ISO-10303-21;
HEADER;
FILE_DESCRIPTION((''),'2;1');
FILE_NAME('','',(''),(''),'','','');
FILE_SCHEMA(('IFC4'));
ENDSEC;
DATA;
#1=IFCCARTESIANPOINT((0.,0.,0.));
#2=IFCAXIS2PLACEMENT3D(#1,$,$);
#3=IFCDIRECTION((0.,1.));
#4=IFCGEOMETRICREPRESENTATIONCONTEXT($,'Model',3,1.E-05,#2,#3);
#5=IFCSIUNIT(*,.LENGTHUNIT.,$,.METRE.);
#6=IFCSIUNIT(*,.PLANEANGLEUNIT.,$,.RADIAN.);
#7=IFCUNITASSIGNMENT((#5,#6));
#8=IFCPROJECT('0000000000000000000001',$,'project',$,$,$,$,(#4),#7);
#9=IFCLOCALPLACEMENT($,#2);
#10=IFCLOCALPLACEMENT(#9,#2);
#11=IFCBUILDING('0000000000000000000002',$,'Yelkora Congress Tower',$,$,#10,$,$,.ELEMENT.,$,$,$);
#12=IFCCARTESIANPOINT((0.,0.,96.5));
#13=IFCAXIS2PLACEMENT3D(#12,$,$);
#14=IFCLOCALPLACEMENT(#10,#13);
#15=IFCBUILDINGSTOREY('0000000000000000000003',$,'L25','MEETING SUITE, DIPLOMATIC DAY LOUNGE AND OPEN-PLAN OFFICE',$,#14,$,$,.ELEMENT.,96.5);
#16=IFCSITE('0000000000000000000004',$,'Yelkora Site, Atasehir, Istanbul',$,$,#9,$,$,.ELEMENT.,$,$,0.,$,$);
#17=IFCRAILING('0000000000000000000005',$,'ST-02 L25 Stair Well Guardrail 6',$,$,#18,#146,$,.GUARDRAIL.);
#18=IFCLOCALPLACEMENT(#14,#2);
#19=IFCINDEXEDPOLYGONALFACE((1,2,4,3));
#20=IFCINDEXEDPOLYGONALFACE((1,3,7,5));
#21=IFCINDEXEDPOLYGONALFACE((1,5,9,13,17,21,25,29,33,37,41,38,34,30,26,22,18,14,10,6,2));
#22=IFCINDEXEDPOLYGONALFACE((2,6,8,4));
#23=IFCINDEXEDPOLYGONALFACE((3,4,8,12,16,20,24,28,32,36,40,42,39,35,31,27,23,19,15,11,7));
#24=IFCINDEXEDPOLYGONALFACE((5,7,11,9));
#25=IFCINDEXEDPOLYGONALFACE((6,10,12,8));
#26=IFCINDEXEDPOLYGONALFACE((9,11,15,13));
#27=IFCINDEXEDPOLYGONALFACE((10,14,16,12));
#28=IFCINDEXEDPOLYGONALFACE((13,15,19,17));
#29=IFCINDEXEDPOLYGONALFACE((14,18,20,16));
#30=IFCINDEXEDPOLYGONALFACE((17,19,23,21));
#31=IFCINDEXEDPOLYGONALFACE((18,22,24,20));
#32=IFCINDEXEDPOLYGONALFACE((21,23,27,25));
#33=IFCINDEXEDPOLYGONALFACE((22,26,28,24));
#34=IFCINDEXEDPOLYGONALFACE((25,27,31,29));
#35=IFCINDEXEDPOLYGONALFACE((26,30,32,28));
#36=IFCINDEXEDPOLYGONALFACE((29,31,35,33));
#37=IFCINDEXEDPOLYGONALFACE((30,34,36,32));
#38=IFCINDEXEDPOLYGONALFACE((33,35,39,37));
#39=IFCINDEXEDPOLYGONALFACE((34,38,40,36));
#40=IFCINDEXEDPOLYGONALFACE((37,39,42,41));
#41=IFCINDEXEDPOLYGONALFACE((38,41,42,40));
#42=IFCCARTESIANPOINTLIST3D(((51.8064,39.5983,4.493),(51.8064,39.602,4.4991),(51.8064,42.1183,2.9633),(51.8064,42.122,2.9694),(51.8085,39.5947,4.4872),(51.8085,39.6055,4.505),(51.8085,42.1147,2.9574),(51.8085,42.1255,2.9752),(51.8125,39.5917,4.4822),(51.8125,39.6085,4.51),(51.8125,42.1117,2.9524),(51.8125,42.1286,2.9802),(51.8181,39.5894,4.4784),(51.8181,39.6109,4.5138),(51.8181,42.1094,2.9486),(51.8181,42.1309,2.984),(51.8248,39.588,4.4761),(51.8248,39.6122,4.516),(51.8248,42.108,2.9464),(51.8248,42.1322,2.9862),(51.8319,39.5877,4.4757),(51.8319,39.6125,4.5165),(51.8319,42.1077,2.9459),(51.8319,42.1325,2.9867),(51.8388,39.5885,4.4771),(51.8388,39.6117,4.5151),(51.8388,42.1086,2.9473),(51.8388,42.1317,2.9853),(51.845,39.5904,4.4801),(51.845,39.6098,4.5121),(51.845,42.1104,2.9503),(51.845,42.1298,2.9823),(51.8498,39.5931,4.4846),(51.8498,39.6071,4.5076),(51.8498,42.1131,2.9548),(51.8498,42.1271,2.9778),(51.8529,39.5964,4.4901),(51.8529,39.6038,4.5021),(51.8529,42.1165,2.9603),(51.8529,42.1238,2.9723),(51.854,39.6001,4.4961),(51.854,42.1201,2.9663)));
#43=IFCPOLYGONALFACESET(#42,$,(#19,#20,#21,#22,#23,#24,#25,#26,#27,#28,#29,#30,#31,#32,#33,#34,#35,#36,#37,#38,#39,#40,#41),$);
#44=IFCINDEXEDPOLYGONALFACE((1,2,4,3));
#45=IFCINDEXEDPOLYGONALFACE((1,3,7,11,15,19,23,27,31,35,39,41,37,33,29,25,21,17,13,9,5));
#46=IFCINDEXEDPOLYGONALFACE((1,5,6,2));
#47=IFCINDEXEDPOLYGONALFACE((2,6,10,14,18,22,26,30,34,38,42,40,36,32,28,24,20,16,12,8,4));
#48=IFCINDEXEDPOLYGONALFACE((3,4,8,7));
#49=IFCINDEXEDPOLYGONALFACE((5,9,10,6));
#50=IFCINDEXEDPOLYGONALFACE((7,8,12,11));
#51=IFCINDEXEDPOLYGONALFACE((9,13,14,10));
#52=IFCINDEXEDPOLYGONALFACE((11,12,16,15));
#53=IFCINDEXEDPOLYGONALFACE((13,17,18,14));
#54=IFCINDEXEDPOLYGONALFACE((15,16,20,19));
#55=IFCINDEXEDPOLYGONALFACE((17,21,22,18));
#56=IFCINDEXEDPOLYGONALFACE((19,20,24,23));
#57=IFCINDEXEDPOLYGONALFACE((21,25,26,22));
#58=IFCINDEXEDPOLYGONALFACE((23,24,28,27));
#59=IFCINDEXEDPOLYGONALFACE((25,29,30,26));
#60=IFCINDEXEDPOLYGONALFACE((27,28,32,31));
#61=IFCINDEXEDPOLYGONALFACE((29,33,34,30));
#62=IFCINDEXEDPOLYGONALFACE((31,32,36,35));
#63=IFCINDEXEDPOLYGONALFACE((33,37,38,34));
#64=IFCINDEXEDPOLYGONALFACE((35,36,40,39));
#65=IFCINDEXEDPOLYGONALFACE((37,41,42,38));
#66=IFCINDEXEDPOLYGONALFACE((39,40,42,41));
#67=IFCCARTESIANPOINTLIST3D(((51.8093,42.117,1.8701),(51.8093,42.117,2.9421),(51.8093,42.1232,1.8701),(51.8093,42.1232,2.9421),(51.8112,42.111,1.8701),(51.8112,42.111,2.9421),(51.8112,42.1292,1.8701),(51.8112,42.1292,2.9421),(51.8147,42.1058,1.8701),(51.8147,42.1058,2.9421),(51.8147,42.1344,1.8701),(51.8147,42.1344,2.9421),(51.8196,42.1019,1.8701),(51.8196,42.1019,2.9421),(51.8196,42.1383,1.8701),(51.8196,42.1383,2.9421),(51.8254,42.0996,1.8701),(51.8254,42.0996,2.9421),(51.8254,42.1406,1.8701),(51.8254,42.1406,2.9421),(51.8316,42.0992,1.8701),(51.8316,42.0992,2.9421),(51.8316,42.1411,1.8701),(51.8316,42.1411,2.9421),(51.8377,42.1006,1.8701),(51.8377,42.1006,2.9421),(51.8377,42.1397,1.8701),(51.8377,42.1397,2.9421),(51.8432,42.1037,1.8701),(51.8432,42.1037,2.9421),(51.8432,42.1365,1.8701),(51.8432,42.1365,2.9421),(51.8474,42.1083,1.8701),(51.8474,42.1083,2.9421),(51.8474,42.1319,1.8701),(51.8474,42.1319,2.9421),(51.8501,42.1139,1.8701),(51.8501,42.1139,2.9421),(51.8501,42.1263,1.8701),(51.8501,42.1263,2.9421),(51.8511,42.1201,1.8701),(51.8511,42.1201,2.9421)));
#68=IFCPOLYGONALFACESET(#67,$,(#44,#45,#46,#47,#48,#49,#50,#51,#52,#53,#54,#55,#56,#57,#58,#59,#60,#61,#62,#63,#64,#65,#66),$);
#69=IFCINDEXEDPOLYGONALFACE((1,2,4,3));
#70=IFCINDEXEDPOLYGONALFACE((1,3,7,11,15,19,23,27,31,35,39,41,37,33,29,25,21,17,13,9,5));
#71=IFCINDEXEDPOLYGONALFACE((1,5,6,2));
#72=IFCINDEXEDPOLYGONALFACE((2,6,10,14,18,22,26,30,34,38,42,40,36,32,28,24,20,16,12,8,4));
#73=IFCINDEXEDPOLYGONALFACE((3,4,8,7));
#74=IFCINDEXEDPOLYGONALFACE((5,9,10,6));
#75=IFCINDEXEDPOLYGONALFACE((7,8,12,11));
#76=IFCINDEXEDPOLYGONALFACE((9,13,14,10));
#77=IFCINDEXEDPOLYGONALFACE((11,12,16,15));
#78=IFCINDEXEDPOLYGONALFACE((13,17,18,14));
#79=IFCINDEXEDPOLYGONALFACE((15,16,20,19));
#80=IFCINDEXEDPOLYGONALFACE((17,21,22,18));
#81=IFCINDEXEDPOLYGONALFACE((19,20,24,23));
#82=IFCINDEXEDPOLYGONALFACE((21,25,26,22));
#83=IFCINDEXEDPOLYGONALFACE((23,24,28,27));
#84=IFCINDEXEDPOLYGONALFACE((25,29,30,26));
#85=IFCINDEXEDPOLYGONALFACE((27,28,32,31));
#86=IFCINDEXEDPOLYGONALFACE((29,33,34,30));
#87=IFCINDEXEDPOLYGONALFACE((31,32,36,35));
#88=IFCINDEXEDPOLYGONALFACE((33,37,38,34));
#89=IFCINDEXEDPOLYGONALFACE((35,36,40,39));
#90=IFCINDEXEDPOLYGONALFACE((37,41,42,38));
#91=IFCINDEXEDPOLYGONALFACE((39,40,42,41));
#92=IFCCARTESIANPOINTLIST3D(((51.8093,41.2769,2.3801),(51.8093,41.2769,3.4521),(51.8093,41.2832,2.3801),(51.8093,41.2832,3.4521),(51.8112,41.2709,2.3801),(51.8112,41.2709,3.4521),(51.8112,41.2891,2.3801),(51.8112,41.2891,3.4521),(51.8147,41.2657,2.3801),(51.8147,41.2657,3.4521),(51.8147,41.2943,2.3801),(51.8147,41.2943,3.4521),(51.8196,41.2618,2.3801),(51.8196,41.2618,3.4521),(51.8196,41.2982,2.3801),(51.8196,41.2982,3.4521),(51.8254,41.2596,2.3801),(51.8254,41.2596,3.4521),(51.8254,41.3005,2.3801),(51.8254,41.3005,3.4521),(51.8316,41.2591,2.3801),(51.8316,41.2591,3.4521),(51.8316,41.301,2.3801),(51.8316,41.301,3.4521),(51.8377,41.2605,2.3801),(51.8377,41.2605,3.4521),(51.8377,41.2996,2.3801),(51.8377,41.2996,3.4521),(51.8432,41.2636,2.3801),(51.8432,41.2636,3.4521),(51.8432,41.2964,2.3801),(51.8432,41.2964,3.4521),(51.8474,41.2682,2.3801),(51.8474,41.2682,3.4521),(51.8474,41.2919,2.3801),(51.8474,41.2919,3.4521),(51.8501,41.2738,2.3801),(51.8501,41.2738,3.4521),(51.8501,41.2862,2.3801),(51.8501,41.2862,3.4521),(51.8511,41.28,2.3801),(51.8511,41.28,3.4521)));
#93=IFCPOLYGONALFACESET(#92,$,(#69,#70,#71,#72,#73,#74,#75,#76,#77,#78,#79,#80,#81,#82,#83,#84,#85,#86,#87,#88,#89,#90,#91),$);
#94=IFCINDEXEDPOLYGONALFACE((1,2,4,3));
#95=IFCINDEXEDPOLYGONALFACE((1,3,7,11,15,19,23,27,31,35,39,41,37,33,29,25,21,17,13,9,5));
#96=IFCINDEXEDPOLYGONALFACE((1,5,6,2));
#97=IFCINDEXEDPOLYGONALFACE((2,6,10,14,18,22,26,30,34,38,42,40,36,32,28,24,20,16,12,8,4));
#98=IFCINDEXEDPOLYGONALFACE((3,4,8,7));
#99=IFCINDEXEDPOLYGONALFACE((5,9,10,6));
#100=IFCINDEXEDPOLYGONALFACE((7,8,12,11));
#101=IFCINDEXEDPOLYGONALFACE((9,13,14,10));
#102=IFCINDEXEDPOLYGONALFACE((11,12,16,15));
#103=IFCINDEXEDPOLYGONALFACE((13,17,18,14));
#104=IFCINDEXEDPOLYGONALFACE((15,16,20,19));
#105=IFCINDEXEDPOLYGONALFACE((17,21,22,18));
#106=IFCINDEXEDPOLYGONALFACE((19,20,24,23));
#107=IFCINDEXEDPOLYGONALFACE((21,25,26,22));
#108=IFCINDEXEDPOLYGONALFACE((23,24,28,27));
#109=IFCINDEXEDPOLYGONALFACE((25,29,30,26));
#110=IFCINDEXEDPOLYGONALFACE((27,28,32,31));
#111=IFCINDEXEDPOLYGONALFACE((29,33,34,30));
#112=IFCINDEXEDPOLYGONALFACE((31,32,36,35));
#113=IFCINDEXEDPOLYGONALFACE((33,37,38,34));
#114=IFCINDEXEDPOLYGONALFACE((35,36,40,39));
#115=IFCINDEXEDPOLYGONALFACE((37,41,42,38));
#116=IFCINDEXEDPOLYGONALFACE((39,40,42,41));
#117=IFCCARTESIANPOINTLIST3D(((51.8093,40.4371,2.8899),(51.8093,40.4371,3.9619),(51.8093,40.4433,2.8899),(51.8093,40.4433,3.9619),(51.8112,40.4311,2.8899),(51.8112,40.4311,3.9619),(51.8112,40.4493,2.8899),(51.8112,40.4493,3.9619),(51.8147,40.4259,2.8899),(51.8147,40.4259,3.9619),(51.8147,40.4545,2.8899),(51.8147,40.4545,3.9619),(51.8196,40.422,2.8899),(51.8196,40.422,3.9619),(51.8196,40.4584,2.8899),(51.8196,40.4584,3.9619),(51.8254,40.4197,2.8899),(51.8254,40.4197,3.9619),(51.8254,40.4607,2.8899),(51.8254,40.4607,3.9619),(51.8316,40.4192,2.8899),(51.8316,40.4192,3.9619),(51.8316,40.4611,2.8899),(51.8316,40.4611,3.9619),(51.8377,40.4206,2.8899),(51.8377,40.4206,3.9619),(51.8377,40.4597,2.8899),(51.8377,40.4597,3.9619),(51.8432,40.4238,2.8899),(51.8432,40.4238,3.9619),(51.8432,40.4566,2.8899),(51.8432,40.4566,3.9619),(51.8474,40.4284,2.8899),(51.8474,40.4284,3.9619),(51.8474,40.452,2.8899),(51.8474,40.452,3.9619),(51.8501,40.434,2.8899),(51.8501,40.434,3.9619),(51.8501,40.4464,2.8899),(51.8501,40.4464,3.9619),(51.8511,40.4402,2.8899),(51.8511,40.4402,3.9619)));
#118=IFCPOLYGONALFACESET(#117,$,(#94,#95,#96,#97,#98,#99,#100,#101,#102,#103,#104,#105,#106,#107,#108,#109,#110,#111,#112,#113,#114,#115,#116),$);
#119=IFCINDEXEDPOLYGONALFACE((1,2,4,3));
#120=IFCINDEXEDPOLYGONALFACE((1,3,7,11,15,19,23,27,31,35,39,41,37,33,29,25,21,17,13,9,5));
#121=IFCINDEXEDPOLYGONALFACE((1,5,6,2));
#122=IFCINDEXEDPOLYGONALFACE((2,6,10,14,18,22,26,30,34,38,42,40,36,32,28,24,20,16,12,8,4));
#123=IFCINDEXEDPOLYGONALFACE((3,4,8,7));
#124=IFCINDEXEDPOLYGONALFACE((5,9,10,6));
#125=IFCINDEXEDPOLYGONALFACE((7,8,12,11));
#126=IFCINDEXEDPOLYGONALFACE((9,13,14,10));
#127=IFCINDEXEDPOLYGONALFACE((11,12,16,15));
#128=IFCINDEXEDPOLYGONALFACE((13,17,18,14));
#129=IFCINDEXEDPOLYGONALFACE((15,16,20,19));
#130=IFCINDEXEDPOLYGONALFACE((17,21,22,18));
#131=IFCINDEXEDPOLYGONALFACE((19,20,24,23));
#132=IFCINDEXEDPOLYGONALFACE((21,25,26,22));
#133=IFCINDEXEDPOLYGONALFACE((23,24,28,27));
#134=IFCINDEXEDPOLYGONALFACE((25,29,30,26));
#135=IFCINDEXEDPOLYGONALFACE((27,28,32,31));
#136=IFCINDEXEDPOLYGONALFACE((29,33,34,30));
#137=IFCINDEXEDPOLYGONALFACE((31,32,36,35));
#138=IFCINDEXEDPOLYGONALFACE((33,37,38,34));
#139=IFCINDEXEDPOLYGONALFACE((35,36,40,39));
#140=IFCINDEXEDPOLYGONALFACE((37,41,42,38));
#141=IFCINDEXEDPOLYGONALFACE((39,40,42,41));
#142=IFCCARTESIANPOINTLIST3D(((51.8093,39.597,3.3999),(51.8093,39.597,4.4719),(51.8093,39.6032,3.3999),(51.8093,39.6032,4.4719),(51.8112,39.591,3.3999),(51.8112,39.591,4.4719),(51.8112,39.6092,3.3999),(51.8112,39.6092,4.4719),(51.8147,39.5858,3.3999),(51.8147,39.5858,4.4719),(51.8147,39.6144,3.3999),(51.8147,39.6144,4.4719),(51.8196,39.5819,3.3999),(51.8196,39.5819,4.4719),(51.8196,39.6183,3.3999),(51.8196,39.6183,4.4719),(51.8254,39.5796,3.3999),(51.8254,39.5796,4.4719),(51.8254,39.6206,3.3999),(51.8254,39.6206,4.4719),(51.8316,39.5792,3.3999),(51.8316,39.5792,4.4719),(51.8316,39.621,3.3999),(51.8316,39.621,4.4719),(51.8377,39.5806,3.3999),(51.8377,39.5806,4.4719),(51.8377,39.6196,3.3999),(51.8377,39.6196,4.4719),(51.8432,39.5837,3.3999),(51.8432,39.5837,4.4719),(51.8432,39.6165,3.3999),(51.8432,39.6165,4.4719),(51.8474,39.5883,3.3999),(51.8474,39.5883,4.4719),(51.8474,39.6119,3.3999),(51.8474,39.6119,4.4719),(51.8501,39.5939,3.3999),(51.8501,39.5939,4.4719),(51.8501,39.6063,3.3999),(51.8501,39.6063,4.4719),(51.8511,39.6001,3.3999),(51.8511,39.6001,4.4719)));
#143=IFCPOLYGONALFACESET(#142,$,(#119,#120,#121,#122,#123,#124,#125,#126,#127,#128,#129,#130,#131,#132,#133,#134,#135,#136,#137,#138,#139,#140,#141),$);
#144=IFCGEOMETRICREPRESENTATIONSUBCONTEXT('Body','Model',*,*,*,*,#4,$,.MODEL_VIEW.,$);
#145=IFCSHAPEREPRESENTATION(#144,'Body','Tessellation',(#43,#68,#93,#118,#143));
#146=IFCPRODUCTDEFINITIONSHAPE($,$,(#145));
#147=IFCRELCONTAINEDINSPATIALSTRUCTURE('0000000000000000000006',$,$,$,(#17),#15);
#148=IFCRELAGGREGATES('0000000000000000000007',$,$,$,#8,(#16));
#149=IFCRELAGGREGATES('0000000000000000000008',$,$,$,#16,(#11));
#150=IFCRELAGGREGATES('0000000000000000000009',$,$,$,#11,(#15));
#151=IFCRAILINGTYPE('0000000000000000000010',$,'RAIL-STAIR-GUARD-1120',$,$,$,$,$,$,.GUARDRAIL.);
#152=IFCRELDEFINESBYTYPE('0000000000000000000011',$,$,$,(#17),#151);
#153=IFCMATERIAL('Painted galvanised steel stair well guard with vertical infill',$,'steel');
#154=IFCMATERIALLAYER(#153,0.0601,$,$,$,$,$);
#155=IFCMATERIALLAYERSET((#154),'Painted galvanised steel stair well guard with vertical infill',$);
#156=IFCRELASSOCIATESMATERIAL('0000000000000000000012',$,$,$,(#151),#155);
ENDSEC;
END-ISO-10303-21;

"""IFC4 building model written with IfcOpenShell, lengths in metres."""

from ifc_helpers import new_model, si_unit, direction, frame, origin, origin_2d, place, context, subcontext, project, spatial, circle, extrude, material, layer, layer_set, type_object, element, save


model = new_model("IFC4")

# Units and contexts
model_context = context("Model", 3, precision=1e-05, world=origin(), true_north=direction((0.0, 1.0)))
body_context = subcontext(model_context, "Body", "Model", "MODEL_VIEW")
ifc_project = project(units=[si_unit("LENGTHUNIT", "METRE"), si_unit("PLANEANGLEUNIT", "RADIAN")], contexts=[model_context])

# Site, building, storey
site_placement = place(None, origin())
site = spatial("IfcSite", under=ifc_project, at=site_placement, Name="Yelkora Site, Atasehir, Istanbul", CompositionType="ELEMENT", RefElevation=0.0)
building_placement = place(site_placement, origin())
building = spatial("IfcBuilding", under=site, at=building_placement, Name="Yelkora Congress Tower", CompositionType="ELEMENT")
storey_placement = place(building_placement, frame((0.0, 0.0, 96.5)))
storey = spatial("IfcBuildingStorey", under=building, at=storey_placement, Name="L25", Description="MEETING SUITE, DIPLOMATIC DAY LOUNGE AND OPEN-PLAN OFFICE", CompositionType="ELEMENT", Elevation=96.5)

# Railing
ifc_material_1 = material(Name="Painted galvanised steel stair well guard with vertical infill", Category="steel")
ifc_layer_1 = layer(ifc_material_1, 0.0601)
ifc_layer_set_1 = layer_set([ifc_layer_1], Name="Painted galvanised steel stair well guard with vertical infill")
railing_type_1 = type_object("IfcRailingType", Name="RAIL-STAIR-GUARD-1120", PredefinedType="GUARDRAIL", material=ifc_layer_set_1)
railing_1_placement = place(storey_placement, frame((51.8301, 42.1201, 1.8701)))
element("IfcRailing", 1, at=railing_1_placement, inside=storey, type_object=railing_type_1, Name="ST-02 L25 Stair Well Guardrail 6", PredefinedType="GUARDRAIL", context=body_context, shape_type="SweptSolid", body=[
    extrude(circle(Radius=0.0239, at=origin_2d()), frame((0.0, 0.0, 1.0962), z_axis=(0.0, -0.854822, 0.518922), x_axis=(1.0, 0.0, 0.0)), (0.0, 0.0, 1.0), 2.948),
    extrude(circle(Radius=0.021, at=origin_2d()), origin(), (0.0, 0.0, 1.0), 1.072),
    extrude(circle(Radius=0.021, at=origin_2d()), frame((0.0, -0.8401, 0.51)), (0.0, 0.0, 1.0), 1.072),
    extrude(circle(Radius=0.021, at=origin_2d()), frame((0.0, -1.6799, 1.0198)), (0.0, 0.0, 1.0), 1.072),
    extrude(circle(Radius=0.021, at=origin_2d()), frame((0.0, -2.52, 1.5298)), (0.0, 0.0, 1.0), 1.072),
])

save(model, "model.ifc")
